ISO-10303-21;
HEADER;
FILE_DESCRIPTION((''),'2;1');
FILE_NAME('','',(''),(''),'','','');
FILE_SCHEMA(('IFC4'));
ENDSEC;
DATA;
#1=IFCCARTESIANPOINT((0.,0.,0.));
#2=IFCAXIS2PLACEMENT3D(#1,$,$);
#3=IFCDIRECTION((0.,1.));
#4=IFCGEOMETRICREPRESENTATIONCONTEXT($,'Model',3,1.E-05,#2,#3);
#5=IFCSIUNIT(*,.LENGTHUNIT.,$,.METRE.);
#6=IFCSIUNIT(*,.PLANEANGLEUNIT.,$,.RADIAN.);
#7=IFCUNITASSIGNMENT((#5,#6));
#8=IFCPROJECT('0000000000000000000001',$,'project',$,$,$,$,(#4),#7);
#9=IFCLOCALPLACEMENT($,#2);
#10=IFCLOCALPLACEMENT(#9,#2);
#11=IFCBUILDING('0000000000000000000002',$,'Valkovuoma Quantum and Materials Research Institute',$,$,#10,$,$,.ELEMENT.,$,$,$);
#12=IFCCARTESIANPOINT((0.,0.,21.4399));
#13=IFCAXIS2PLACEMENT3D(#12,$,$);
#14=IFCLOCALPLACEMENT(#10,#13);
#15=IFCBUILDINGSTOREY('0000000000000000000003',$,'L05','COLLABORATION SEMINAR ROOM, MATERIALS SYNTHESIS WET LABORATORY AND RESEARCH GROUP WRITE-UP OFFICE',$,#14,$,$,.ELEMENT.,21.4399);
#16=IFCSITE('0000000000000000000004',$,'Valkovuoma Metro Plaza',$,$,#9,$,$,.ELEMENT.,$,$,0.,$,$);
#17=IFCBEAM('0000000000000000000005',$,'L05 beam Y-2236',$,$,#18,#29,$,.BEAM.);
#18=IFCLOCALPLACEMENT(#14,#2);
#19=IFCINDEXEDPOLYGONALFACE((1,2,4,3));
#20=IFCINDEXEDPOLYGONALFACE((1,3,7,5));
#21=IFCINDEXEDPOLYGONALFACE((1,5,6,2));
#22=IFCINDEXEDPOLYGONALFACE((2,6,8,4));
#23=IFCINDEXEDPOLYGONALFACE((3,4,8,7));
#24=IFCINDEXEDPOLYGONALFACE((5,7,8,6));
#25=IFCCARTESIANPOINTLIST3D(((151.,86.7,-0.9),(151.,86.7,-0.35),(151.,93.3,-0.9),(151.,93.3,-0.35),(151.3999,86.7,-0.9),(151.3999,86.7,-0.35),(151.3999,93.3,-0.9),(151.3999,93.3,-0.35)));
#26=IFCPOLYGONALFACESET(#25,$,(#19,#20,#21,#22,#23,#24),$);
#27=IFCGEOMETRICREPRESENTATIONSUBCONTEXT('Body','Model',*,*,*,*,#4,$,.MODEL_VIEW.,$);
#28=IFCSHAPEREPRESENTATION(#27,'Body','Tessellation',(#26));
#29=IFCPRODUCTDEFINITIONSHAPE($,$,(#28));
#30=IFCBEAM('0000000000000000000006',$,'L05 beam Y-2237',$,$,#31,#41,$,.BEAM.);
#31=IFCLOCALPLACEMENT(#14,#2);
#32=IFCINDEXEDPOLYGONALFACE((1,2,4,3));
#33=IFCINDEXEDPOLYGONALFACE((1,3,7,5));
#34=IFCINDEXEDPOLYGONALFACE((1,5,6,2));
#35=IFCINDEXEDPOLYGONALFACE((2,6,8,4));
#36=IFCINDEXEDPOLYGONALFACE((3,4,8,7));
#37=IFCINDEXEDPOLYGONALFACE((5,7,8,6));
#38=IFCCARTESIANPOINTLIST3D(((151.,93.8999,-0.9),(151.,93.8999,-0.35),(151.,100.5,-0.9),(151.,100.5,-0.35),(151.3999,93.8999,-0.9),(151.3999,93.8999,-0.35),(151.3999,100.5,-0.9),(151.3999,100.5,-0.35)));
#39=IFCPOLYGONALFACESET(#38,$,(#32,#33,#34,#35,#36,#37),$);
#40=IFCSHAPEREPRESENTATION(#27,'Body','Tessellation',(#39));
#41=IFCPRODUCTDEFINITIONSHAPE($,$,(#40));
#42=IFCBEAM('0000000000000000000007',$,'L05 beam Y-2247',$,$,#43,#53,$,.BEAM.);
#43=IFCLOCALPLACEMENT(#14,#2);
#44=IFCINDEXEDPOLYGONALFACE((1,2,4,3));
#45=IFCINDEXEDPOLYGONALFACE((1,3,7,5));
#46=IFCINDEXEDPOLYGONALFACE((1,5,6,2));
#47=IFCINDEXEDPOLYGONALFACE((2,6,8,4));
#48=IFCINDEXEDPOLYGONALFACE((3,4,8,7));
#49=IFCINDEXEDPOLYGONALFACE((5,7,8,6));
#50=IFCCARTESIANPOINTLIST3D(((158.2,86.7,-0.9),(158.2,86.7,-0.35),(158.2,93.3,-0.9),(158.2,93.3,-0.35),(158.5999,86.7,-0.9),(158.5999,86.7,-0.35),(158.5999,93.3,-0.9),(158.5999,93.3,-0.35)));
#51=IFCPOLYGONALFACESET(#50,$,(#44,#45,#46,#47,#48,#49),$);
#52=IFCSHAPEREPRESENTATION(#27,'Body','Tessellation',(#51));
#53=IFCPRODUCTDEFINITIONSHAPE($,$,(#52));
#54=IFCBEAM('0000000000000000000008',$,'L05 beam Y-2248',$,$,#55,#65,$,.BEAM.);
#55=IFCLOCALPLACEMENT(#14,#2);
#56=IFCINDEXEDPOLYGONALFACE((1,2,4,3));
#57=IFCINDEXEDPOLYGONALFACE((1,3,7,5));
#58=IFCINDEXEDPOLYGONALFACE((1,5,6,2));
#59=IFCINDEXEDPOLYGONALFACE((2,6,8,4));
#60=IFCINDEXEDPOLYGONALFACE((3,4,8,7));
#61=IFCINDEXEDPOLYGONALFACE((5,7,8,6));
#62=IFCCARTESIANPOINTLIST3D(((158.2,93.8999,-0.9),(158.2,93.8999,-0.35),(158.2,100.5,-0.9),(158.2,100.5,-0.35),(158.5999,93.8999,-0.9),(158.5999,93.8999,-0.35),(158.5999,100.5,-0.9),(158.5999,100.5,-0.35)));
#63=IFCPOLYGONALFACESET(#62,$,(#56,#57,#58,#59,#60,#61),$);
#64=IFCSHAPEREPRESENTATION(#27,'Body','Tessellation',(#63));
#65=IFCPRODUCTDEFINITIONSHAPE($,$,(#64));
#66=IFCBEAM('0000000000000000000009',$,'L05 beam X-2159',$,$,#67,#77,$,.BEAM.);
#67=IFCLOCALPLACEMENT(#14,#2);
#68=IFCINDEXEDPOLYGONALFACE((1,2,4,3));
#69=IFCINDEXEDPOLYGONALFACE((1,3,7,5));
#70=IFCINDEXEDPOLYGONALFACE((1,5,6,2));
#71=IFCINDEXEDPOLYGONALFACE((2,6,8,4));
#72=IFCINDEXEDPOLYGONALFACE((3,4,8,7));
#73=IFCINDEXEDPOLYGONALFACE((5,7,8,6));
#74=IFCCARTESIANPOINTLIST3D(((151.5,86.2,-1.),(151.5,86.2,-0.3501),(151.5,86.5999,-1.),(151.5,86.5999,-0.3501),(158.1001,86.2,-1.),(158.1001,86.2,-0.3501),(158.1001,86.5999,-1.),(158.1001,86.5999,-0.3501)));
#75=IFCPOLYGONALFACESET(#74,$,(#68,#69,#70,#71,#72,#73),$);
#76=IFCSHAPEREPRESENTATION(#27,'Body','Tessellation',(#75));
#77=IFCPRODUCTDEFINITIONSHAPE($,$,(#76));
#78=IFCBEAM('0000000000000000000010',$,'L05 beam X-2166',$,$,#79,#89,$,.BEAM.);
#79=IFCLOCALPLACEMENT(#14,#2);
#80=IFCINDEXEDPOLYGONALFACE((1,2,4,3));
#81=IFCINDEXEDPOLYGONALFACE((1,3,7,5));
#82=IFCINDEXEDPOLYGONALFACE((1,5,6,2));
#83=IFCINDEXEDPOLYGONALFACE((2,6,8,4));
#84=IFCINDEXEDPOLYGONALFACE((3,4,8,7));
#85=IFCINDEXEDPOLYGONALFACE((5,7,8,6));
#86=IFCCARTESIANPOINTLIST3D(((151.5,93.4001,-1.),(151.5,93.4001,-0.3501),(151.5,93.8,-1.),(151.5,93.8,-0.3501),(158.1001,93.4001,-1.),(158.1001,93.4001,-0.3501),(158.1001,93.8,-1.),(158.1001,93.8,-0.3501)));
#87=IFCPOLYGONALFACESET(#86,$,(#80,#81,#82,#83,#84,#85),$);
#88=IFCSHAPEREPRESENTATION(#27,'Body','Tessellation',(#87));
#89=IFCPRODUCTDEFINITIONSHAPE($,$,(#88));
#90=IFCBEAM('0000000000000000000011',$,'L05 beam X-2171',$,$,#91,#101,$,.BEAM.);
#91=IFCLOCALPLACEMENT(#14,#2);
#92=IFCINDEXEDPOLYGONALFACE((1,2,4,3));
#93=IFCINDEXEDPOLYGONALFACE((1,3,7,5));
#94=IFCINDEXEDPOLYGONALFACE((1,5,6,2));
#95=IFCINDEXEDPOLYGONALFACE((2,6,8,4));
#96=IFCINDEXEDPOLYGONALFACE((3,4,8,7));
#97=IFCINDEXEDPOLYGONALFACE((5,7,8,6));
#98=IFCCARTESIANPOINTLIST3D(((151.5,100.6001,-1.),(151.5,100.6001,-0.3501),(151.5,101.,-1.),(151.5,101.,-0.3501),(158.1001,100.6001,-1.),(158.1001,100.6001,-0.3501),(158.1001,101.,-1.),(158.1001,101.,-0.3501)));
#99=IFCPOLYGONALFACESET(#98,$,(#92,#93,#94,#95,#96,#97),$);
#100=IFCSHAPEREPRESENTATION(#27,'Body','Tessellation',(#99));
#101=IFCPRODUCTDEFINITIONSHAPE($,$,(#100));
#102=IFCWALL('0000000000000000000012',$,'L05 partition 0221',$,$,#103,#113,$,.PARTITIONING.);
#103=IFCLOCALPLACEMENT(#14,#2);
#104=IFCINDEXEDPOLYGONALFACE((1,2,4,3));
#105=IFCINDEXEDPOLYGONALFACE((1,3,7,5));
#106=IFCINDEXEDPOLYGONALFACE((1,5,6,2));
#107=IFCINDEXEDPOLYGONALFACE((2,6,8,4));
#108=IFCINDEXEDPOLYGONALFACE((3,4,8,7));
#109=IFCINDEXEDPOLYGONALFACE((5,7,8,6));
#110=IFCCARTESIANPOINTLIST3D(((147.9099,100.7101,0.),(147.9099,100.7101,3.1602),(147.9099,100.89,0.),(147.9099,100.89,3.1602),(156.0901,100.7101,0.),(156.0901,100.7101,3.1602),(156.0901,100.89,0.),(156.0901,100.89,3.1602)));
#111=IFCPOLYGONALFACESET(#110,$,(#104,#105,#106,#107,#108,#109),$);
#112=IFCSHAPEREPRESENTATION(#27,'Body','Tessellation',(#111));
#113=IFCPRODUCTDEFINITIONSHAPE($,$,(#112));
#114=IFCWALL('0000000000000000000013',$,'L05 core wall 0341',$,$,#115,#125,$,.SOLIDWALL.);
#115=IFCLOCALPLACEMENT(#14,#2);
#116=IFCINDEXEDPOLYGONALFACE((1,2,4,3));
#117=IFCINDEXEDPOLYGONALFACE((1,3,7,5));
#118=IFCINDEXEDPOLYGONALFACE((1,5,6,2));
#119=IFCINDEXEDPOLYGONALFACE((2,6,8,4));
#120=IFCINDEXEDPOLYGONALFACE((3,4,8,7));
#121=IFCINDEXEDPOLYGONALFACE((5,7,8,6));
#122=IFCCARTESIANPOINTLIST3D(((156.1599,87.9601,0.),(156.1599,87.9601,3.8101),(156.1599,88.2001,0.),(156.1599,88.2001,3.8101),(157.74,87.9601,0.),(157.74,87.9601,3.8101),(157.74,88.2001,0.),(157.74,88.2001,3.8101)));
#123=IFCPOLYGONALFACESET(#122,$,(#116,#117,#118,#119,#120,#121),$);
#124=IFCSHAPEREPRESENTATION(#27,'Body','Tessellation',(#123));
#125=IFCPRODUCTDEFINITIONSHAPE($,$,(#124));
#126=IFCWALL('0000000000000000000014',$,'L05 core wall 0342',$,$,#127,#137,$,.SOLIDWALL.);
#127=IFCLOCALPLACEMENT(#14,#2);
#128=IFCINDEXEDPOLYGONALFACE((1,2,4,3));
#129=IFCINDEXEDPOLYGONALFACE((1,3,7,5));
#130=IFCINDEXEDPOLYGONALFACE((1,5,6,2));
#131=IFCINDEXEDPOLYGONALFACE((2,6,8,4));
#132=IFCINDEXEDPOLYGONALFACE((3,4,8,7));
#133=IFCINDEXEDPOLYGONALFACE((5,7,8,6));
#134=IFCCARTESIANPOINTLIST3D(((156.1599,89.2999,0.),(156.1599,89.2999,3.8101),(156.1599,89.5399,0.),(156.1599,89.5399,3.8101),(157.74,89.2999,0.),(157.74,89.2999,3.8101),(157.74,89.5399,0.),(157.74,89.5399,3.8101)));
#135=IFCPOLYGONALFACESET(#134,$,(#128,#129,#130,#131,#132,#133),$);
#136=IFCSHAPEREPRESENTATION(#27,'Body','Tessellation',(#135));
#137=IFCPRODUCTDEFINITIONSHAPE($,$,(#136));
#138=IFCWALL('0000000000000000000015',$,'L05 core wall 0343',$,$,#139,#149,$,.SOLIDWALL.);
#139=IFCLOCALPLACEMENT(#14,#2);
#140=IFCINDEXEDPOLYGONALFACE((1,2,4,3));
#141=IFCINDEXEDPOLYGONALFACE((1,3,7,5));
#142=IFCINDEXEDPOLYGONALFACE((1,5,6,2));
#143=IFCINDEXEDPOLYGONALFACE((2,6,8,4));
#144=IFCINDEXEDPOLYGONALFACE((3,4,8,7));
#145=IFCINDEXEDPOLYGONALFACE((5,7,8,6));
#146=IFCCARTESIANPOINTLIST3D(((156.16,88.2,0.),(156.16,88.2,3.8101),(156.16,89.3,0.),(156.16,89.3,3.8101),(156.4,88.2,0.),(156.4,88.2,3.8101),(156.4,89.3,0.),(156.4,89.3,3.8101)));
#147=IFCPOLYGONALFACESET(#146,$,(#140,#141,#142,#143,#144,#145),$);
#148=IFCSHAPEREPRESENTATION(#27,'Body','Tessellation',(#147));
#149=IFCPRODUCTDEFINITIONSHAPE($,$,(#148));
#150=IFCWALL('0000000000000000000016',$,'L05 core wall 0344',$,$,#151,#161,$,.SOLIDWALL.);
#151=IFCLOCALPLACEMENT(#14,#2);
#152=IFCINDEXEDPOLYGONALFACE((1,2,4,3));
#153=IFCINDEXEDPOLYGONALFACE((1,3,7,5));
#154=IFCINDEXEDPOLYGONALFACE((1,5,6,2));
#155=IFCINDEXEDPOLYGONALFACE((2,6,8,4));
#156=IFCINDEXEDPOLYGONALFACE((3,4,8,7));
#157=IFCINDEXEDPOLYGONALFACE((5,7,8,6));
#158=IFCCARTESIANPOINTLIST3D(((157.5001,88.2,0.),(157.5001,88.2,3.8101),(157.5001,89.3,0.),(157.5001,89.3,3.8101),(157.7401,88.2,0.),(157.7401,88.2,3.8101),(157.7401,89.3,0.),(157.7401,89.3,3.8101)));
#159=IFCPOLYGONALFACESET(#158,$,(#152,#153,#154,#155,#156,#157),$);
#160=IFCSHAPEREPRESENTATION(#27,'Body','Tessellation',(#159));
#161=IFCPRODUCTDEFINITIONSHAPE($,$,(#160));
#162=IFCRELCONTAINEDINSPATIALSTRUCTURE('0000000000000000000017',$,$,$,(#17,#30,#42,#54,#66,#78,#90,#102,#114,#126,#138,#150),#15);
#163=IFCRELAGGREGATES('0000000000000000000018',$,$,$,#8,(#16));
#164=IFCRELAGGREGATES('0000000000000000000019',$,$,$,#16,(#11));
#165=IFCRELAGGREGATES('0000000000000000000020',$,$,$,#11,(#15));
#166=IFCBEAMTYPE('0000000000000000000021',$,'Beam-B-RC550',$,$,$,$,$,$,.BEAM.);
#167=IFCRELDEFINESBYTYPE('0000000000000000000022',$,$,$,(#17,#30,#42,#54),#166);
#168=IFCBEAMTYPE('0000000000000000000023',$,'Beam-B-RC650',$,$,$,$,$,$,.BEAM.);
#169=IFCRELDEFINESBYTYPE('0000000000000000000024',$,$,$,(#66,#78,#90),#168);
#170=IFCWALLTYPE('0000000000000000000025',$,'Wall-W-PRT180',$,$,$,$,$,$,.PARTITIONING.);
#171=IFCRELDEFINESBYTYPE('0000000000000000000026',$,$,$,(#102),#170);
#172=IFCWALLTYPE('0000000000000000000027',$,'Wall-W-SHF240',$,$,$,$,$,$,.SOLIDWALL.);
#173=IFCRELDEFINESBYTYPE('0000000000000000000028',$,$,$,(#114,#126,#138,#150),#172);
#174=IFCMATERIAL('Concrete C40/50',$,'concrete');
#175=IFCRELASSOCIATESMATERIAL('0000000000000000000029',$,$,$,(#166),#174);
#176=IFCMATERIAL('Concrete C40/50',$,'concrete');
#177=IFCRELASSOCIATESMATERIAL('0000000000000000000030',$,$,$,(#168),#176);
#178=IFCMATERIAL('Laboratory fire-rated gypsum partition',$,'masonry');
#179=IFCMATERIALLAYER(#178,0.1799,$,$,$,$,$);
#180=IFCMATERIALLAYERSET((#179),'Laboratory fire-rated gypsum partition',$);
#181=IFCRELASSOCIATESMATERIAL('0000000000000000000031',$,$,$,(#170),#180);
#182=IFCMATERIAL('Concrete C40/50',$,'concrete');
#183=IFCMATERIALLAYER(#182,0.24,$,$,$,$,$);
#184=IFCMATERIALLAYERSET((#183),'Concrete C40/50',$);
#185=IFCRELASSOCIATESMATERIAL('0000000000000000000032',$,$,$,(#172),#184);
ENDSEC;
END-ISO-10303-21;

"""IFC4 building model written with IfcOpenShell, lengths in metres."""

from ifc_helpers import new_model, si_unit, direction, frame, frame_2d, origin, origin_2d, place, context, subcontext, project, spatial, rectangle, extrude, material, layer, layer_set, material_profile, profile_set, type_object, element, save


model = new_model("IFC4")

# Units and contexts
model_context = context("Model", 3, precision=1e-05, world=origin(), true_north=direction((0.0, 1.0)))
body_context = subcontext(model_context, "Body", "Model", "MODEL_VIEW")
ifc_project = project(units=[si_unit("LENGTHUNIT", "METRE"), si_unit("PLANEANGLEUNIT", "RADIAN")], contexts=[model_context])

# Site, building, storey
site_placement = place(None, origin())
site = spatial("IfcSite", under=ifc_project, at=site_placement, Name="Valkovuoma Metro Plaza", CompositionType="ELEMENT", RefElevation=0.0)
building_placement = place(site_placement, origin())
building = spatial("IfcBuilding", under=site, at=building_placement, Name="Valkovuoma Quantum and Materials Research Institute", CompositionType="ELEMENT")
storey_placement = place(building_placement, frame((0.0, 0.0, 21.4399)))
storey = spatial("IfcBuildingStorey", under=building, at=storey_placement, Name="L05", Description="COLLABORATION SEMINAR ROOM, MATERIALS SYNTHESIS WET LABORATORY AND RESEARCH GROUP WRITE-UP OFFICE", CompositionType="ELEMENT", Elevation=21.4399)

# Beams
ifc_material_1 = material(Name="Concrete C40/50", Category="concrete")
ifc_material_profile_1 = material_profile(ifc_material_1, rectangle(XDim=0.3999, YDim=0.55, at=origin_2d()), Name="Concrete C40/50")
ifc_profile_set_1 = profile_set([ifc_material_profile_1], Name="Concrete C40/50")
beam_type_1 = type_object("IfcBeamType", Name="Beam-B-RC550", PredefinedType="BEAM", material=ifc_profile_set_1)
for number, where, z_axis, x_axis, name in (
    (1, (151.2, 86.7, -0.625), (0.0, 1.0, 0.0), (-1.0, 0.0, 0.0), "L05 beam Y-2236"),
    (2, (151.2, 93.8999, -0.625), (0.0, 1.0, 0.0), (-1.0, 0.0, 0.0), "L05 beam Y-2237"),
    (3, (158.3999, 86.7, -0.625), (0.0, 1.0, 0.0), (-1.0, 0.0, 0.0), "L05 beam Y-2247"),
    (4, (158.3999, 93.8999, -0.625), (0.0, 1.0, 0.0), (-1.0, 0.0, 0.0), "L05 beam Y-2248"),
):
    element("IfcBeam", number, at=place(storey_placement, frame(where, z_axis=z_axis, x_axis=x_axis)), inside=storey, type_object=beam_type_1, Name=name, PredefinedType="BEAM", context=body_context, shape_type="SweptSolid", body=[
        extrude(rectangle(XDim=0.3999, YDim=0.55, at=origin_2d()), origin(), (0.0, 0.0, 1.0), 6.6001),
    ])
ifc_material_2 = material(Name="Concrete C40/50", Category="concrete")
ifc_material_profile_2 = material_profile(ifc_material_2, rectangle(XDim=0.3999, YDim=0.6499, at=origin_2d()), Name="Concrete C40/50")
ifc_profile_set_2 = profile_set([ifc_material_profile_2], Name="Concrete C40/50")
beam_type_2 = type_object("IfcBeamType", Name="Beam-B-RC650", PredefinedType="BEAM", material=ifc_profile_set_2)
for number, where, z_axis, x_axis, name in (
    (5, (151.5, 86.3999, -0.675), (1.0, 0.0, 0.0), (0.0, 1.0, 0.0), "L05 beam X-2159"),
    (6, (151.5, 93.6001, -0.675), (1.0, 0.0, 0.0), (0.0, 1.0, 0.0), "L05 beam X-2166"),
    (7, (151.5, 100.8, -0.675), (1.0, 0.0, 0.0), (0.0, 1.0, 0.0), "L05 beam X-2171"),
):
    element("IfcBeam", number, at=place(storey_placement, frame(where, z_axis=z_axis, x_axis=x_axis)), inside=storey, type_object=beam_type_2, Name=name, PredefinedType="BEAM", context=body_context, shape_type="SweptSolid", body=[
        extrude(rectangle(XDim=0.3999, YDim=0.6499, at=origin_2d()), origin(), (0.0, 0.0, 1.0), 6.6001),
    ])

# Walls
ifc_material_3 = material(Name="Laboratory fire-rated gypsum partition", Category="masonry")
ifc_layer_1 = layer(ifc_material_3, 0.1799)
ifc_layer_set_1 = layer_set([ifc_layer_1], Name="Laboratory fire-rated gypsum partition")
wall_type_1 = type_object("IfcWallType", Name="Wall-W-PRT180", PredefinedType="PARTITIONING", material=ifc_layer_set_1)
wall_placement = place(storey_placement, frame((147.9099, 100.8, 0.0), z_axis=(0.0, 0.0, 1.0), x_axis=(1.0, 0.0, 0.0)))
element("IfcWall", 8, at=wall_placement, inside=storey, type_object=wall_type_1, Name="L05 partition 0221", PredefinedType="PARTITIONING", context=body_context, shape_type="SweptSolid", body=[
    extrude(rectangle(XDim=8.1802, YDim=0.1799, at=frame_2d((4.0901, 0.0))), origin(), (0.0, 0.0, 1.0), 3.1602),
])
ifc_material_4 = material(Name="Concrete C40/50", Category="concrete")
ifc_layer_2 = layer(ifc_material_4, 0.24)
ifc_layer_set_2 = layer_set([ifc_layer_2], Name="Concrete C40/50")
wall_type_2 = type_object("IfcWallType", Name="Wall-W-SHF240", PredefinedType="SOLIDWALL", material=ifc_layer_set_2)
for number, where, z_axis, x_axis, name in (
    (9, (156.1599, 88.0801, 0.0), (0.0, 0.0, 1.0), (1.0, 0.0, 0.0), "L05 core wall 0341"),
    (10, (156.1599, 89.4199, 0.0), (0.0, 0.0, 1.0), (1.0, 0.0, 0.0), "L05 core wall 0342"),
):
    element("IfcWall", number, at=place(storey_placement, frame(where, z_axis=z_axis, x_axis=x_axis)), inside=storey, type_object=wall_type_2, Name=name, PredefinedType="SOLIDWALL", context=body_context, shape_type="SweptSolid", body=[
        extrude(rectangle(XDim=1.5801, YDim=0.24, at=frame_2d((0.79, 0.0))), origin(), (0.0, 0.0, 1.0), 3.8101),
    ])
for number, where, z_axis, x_axis, name in (
    (11, (156.28, 88.2, 0.0), (0.0, 0.0, 1.0), (0.0, 1.0, 0.0), "L05 core wall 0343"),
    (12, (157.6201, 88.2, 0.0), (0.0, 0.0, 1.0), (0.0, 1.0, 0.0), "L05 core wall 0344"),
):
    element("IfcWall", number, at=place(storey_placement, frame(where, z_axis=z_axis, x_axis=x_axis)), inside=storey, type_object=wall_type_2, Name=name, PredefinedType="SOLIDWALL", context=body_context, shape_type="SweptSolid", body=[
        extrude(rectangle(XDim=1.1001, YDim=0.24, at=frame_2d((0.55, 0.0))), origin(), (0.0, 0.0, 1.0), 3.8101),
    ])

save(model, "model.ifc")
